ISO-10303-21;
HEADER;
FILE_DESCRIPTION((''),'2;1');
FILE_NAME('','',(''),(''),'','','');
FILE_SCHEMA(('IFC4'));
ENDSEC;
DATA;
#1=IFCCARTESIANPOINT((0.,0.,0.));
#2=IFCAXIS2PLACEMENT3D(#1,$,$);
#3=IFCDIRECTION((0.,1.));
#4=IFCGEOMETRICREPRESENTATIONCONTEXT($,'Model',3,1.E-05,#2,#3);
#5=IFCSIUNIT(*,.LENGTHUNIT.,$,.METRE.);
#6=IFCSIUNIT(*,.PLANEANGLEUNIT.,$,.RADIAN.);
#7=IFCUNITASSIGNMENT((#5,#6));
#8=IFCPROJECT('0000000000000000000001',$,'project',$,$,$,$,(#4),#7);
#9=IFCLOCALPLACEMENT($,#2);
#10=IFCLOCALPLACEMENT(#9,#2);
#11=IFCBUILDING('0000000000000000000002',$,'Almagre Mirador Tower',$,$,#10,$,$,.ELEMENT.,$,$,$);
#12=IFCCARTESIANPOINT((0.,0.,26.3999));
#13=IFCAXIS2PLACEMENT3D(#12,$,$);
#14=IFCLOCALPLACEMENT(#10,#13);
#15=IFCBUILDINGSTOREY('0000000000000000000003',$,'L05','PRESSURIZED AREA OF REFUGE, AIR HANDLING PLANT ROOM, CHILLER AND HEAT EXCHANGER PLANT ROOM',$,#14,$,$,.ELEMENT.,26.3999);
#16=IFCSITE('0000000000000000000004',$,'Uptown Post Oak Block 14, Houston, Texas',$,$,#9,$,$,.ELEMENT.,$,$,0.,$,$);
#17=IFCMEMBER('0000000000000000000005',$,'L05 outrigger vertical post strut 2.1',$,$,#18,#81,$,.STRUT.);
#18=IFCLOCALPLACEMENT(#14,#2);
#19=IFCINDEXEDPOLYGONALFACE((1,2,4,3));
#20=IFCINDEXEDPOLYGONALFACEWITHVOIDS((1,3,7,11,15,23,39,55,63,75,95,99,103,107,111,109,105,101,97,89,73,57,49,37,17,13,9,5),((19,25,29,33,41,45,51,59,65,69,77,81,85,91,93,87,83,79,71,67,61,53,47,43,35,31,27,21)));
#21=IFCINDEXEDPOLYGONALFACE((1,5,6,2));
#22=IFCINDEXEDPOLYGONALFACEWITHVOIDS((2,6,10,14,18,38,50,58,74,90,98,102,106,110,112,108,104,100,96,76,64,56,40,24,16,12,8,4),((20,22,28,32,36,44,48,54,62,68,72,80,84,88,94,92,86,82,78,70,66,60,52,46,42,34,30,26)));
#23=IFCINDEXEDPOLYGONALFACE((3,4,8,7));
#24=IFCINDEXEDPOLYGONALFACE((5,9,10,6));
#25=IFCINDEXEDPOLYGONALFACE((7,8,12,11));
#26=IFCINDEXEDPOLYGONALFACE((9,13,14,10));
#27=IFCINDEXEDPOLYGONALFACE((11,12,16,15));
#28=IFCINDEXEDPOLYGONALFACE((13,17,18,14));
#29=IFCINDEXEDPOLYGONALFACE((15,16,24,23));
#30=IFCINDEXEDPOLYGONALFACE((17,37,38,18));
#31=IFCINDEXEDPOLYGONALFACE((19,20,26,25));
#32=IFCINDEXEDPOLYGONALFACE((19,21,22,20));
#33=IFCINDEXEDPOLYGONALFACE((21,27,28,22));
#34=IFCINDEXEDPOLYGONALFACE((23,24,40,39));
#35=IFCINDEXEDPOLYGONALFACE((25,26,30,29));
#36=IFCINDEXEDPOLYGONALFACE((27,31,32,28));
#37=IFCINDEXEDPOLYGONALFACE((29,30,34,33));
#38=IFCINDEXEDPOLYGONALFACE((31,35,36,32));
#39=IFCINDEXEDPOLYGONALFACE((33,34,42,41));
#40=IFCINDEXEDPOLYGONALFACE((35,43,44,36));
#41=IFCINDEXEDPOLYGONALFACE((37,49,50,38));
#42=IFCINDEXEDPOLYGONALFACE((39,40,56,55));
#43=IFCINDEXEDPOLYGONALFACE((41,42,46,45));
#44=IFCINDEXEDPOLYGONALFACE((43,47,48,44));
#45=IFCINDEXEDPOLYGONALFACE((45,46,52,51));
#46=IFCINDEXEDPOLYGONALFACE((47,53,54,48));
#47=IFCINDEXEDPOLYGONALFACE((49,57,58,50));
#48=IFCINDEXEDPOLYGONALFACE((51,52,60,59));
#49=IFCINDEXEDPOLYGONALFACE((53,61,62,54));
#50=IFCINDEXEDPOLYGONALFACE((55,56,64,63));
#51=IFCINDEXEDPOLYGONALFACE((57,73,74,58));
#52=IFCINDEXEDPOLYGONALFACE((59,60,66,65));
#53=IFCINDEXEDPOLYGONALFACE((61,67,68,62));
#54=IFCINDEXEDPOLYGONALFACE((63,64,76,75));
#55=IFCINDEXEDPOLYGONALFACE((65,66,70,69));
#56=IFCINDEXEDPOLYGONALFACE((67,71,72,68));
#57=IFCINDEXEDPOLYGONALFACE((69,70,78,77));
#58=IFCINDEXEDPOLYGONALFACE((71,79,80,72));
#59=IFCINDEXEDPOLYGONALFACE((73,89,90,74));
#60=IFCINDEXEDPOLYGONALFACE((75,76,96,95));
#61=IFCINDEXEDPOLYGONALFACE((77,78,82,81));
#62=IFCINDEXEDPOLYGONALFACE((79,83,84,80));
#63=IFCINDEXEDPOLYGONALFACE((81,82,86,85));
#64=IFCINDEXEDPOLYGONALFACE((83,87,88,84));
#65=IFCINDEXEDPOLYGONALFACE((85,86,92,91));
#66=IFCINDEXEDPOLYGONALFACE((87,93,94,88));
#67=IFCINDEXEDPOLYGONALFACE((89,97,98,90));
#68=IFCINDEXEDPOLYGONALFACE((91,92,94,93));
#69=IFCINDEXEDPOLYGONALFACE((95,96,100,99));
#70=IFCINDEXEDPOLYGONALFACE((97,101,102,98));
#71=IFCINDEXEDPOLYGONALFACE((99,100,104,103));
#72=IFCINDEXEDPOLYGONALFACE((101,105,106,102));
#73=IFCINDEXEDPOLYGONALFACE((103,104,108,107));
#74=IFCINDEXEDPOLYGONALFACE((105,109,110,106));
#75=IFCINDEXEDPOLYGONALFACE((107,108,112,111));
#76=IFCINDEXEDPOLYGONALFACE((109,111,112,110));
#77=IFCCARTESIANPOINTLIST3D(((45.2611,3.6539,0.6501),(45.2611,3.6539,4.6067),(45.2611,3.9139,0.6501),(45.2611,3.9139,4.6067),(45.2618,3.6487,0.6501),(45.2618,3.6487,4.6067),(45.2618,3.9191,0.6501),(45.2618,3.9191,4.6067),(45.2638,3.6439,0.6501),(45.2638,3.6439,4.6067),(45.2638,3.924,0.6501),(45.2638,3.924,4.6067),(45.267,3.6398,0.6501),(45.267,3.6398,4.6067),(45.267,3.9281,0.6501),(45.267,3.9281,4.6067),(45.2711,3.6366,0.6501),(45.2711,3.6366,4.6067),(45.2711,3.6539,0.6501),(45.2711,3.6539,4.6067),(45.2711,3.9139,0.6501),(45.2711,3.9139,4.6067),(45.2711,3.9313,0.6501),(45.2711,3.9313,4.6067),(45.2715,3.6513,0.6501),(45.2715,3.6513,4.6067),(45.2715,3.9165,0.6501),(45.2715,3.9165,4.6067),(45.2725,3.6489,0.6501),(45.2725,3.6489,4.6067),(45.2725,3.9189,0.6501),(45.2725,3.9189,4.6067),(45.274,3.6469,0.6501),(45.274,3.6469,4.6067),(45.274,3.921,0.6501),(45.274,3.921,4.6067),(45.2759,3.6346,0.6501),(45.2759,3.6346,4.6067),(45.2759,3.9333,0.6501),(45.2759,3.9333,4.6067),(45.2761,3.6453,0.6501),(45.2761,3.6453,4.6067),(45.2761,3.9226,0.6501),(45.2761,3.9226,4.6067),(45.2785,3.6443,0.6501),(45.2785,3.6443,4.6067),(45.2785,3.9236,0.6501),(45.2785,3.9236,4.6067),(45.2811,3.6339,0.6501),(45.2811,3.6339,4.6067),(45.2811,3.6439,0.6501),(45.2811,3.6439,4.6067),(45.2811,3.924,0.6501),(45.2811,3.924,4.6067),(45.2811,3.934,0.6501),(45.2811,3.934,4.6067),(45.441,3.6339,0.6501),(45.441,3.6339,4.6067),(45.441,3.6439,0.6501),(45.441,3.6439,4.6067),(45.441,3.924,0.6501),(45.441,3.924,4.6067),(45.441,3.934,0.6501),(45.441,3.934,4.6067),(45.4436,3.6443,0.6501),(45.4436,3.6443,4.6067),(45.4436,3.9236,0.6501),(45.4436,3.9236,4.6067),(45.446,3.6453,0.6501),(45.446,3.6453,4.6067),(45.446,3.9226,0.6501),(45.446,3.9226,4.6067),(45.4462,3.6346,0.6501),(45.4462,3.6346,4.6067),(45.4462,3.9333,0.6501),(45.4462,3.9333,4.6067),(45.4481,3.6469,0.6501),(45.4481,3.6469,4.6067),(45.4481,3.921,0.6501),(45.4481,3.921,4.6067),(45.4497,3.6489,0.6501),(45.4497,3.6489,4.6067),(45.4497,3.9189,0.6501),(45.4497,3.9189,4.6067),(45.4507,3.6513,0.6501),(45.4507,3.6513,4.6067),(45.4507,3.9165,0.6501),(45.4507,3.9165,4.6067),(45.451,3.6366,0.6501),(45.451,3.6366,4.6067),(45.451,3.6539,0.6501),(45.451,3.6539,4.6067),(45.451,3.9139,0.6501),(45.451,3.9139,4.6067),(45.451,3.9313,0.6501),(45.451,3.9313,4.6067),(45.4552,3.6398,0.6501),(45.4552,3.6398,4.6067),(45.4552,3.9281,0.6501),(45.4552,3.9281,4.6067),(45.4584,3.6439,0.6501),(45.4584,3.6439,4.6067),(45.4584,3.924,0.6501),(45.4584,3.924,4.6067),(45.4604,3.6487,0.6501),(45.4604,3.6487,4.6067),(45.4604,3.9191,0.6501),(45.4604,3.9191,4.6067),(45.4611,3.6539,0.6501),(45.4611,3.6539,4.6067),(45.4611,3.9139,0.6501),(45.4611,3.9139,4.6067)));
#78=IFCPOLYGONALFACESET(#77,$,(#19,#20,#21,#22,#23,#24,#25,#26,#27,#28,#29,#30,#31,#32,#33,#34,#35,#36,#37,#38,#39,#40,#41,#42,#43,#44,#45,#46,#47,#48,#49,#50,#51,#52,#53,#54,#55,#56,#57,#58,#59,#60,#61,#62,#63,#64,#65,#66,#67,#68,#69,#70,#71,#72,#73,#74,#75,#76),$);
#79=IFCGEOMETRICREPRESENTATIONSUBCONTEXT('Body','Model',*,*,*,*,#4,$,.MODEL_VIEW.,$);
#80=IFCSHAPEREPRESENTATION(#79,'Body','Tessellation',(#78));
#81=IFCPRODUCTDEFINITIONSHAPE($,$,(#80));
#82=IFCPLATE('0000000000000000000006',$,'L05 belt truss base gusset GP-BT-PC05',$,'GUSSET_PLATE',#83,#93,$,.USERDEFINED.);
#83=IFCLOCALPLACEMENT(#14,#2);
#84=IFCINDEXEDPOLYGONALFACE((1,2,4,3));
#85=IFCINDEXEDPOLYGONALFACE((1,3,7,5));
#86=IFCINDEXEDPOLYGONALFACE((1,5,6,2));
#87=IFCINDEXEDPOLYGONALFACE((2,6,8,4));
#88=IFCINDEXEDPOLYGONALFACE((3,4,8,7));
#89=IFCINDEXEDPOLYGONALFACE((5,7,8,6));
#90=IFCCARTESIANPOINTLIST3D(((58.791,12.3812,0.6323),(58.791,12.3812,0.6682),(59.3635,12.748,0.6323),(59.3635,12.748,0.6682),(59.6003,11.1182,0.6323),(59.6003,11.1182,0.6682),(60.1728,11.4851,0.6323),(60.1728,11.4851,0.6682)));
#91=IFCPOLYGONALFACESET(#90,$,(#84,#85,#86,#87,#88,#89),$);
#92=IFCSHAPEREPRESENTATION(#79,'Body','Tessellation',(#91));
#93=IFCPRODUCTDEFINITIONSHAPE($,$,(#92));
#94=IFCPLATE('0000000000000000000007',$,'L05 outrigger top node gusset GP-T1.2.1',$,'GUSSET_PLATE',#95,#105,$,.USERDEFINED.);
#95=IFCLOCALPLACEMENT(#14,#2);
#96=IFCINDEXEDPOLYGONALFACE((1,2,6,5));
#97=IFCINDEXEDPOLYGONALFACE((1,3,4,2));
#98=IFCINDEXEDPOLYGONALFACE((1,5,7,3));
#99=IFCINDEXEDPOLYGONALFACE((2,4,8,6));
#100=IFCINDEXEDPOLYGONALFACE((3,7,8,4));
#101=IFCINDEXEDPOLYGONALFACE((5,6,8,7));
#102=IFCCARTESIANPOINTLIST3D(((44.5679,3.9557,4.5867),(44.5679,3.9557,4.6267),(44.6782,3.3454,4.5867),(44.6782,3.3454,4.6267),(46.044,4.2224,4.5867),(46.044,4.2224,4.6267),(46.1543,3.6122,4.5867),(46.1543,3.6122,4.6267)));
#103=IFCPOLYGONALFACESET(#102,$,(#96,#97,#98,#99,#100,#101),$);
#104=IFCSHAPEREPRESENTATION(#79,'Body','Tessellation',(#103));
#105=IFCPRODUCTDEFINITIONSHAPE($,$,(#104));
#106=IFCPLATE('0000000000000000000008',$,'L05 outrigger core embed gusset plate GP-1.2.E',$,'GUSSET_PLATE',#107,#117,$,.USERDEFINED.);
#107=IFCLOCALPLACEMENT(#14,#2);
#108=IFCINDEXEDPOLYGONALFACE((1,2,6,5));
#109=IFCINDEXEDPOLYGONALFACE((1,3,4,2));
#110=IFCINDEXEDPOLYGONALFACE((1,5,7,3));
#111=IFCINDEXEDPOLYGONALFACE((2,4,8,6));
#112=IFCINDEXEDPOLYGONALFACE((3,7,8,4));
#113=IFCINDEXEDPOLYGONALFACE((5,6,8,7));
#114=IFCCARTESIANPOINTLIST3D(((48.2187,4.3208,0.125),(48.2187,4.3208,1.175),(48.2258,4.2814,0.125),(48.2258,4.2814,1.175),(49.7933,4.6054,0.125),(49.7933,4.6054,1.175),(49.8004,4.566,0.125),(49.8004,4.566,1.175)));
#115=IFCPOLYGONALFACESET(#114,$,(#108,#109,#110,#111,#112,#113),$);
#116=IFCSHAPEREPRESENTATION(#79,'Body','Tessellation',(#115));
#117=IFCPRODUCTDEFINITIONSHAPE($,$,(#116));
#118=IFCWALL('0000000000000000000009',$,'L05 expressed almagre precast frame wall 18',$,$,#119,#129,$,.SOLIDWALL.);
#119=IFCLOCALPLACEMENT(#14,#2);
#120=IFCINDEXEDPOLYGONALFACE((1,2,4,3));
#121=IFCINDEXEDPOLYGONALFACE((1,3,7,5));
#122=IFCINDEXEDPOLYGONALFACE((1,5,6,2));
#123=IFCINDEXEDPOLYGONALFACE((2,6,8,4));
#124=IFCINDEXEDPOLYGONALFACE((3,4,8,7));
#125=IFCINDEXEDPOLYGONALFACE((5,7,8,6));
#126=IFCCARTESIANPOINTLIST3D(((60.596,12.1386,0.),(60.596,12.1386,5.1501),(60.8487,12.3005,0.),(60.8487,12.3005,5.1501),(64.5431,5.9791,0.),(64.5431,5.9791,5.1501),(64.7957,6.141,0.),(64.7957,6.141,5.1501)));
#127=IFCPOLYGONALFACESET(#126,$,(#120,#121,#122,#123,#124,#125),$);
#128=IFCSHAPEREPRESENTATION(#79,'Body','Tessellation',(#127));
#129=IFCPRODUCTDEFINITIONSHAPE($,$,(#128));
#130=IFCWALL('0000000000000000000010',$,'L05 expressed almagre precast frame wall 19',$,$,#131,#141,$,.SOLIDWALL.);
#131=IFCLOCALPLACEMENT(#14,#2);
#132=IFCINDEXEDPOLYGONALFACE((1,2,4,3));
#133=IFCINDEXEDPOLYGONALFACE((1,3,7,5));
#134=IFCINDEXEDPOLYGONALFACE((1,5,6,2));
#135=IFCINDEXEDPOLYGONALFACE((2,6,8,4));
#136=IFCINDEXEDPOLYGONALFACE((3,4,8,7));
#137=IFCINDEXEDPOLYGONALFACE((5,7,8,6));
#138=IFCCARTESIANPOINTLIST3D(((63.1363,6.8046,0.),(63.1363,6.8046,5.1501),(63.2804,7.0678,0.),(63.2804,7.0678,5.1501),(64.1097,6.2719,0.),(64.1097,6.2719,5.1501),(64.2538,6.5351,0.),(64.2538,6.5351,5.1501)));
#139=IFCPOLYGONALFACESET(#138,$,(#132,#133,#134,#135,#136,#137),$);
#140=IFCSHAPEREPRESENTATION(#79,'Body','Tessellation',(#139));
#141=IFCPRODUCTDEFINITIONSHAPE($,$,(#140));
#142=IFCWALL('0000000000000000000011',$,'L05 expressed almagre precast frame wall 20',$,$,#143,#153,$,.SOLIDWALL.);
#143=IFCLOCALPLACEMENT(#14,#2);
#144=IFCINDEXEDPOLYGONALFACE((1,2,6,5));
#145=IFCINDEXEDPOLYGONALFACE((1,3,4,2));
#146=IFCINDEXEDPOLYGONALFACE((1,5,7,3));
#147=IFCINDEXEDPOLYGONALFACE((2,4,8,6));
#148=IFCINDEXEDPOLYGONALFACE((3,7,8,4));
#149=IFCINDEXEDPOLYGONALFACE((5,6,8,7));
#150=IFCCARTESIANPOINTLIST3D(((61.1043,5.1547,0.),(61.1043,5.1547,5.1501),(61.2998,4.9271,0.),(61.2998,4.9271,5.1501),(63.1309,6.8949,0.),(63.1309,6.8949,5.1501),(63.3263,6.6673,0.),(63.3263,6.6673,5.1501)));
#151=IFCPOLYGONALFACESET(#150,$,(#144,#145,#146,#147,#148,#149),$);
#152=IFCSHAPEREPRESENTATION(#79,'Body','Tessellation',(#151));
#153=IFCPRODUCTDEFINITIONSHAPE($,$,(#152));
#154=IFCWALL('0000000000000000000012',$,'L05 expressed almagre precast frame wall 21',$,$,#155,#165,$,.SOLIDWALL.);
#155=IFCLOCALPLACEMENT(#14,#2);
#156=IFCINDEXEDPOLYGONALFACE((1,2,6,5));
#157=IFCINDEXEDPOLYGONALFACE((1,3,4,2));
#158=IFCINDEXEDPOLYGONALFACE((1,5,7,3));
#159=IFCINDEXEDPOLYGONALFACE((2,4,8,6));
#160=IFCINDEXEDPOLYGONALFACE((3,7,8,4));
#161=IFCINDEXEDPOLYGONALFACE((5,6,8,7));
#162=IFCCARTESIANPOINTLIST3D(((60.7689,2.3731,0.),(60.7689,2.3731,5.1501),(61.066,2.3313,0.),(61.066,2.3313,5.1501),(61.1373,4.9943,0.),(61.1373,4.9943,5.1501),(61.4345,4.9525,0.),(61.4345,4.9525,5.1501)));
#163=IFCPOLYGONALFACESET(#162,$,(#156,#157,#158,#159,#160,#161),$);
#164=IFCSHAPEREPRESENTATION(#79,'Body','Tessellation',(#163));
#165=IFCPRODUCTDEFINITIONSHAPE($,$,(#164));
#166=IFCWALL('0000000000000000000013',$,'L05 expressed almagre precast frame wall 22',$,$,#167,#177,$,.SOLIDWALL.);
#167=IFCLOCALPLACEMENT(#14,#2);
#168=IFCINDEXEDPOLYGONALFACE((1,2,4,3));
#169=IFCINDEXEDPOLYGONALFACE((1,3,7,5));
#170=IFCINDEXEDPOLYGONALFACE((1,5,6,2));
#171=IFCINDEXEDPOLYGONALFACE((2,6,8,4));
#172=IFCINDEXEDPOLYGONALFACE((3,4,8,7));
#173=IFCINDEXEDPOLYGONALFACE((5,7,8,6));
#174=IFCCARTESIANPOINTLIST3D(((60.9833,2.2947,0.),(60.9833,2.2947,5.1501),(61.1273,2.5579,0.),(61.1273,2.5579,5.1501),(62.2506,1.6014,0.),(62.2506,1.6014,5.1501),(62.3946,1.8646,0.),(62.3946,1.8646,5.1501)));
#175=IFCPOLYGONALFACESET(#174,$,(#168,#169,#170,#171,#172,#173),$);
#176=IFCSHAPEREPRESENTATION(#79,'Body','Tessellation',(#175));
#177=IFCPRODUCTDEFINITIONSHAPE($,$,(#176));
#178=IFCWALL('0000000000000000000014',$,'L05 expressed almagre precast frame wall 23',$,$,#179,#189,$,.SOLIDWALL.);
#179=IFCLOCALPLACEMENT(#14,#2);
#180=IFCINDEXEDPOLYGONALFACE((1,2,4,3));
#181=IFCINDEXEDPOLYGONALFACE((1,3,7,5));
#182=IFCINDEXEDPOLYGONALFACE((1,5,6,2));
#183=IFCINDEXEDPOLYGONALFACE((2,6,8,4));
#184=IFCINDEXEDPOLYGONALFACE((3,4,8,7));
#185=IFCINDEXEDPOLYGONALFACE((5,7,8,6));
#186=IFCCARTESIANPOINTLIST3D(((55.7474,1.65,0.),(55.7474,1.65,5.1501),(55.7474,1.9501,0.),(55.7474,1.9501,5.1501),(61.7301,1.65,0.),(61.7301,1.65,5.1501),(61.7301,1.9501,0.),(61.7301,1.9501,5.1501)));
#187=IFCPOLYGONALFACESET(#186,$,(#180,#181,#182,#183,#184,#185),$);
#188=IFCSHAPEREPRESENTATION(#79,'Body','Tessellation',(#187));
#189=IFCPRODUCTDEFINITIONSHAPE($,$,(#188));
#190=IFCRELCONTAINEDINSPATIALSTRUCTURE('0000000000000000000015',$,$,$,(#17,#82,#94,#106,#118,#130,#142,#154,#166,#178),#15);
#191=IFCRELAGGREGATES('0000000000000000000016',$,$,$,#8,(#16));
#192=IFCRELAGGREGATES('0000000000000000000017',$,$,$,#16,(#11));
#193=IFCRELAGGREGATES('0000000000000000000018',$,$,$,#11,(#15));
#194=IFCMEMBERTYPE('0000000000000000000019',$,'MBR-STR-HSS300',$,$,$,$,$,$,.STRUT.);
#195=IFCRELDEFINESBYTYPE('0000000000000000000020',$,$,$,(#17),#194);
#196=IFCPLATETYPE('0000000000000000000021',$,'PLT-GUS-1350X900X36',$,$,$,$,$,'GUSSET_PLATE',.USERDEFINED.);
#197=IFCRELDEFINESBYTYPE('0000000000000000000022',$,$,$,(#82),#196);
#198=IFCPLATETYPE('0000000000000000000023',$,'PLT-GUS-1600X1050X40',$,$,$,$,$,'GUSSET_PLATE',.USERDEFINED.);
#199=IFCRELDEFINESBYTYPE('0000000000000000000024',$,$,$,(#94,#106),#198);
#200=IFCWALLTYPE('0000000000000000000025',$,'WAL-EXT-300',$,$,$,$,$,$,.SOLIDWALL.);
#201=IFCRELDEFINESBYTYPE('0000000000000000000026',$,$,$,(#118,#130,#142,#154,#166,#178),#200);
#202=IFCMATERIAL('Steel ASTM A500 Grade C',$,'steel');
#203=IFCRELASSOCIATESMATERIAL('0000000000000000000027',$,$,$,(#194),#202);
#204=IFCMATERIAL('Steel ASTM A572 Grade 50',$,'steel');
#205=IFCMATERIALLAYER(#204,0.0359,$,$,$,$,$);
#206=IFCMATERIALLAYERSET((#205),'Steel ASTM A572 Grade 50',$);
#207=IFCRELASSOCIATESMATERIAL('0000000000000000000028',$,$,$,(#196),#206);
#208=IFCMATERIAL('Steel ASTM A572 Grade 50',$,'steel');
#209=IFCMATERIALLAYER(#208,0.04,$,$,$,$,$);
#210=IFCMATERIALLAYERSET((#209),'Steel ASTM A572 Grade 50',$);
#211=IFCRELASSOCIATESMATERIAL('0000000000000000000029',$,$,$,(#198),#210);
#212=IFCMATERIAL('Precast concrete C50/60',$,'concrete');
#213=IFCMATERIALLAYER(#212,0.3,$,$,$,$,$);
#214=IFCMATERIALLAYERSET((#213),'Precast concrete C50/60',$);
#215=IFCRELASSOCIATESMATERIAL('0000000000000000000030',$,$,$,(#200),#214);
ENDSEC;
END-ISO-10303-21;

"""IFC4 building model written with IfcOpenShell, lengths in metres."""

from ifc_helpers import new_model, si_unit, direction, frame, frame_2d, origin, origin_2d, place, context, subcontext, project, spatial, rectangle, hollow_rectangle, extrude, material, layer, layer_set, material_profile, profile_set, type_object, element, save


model = new_model("IFC4")

# Units and contexts
model_context = context("Model", 3, precision=1e-05, world=origin(), true_north=direction((0.0, 1.0)))
body_context = subcontext(model_context, "Body", "Model", "MODEL_VIEW")
ifc_project = project(units=[si_unit("LENGTHUNIT", "METRE"), si_unit("PLANEANGLEUNIT", "RADIAN")], contexts=[model_context])

# Site, building, storey
site_placement = place(None, origin())
site = spatial("IfcSite", under=ifc_project, at=site_placement, Name="Uptown Post Oak Block 14, Houston, Texas", CompositionType="ELEMENT", RefElevation=0.0)
building_placement = place(site_placement, origin())
building = spatial("IfcBuilding", under=site, at=building_placement, Name="Almagre Mirador Tower", CompositionType="ELEMENT")
storey_placement = place(building_placement, frame((0.0, 0.0, 26.3999)))
storey = spatial("IfcBuildingStorey", under=building, at=storey_placement, Name="L05", Description="PRESSURIZED AREA OF REFUGE, AIR HANDLING PLANT ROOM, CHILLER AND HEAT EXCHANGER PLANT ROOM", CompositionType="ELEMENT", Elevation=26.3999)

# Member
ifc_material_1 = material(Name="Steel ASTM A500 Grade C", Category="steel")
ifc_material_profile_1 = material_profile(ifc_material_1, hollow_rectangle(XDim=0.2, YDim=0.3, WallThickness=0.01, InnerFilletRadius=0.01, OuterFilletRadius=0.02, at=origin_2d()), Name="HSS300X200X10")
ifc_profile_set_1 = profile_set([ifc_material_profile_1], Name="Steel ASTM A500 Grade C")
member_type_1 = type_object("IfcMemberType", Name="MBR-STR-HSS300", PredefinedType="STRUT", material=ifc_profile_set_1)
member_1_placement = place(storey_placement, frame((45.3611, 3.7839, 0.6501), z_axis=(0.0, 0.0, 1.0), x_axis=(1.0, 0.0, 0.0)))
element("IfcMember", 1, at=member_1_placement, inside=storey, type_object=member_type_1, Name="L05 outrigger vertical post strut 2.1", PredefinedType="STRUT", context=body_context, shape_type="SweptSolid", body=[
    extrude(hollow_rectangle(XDim=0.2, YDim=0.3, WallThickness=0.01, InnerFilletRadius=0.01, OuterFilletRadius=0.02, at=origin_2d()), origin(), (0.0, 0.0, 1.0), 3.9565),
])

# Plates
ifc_material_2 = material(Name="Steel ASTM A572 Grade 50", Category="steel")
ifc_layer_1 = layer(ifc_material_2, 0.0359)
ifc_layer_set_1 = layer_set([ifc_layer_1], Name="Steel ASTM A572 Grade 50")
plate_type_1 = type_object("IfcPlateType", Name="PLT-GUS-1350X900X36", ElementType="GUSSET_PLATE", PredefinedType="USERDEFINED", material=ifc_layer_set_1)
plate_1_placement = place(storey_placement, frame((59.4819, 11.9331, 0.6323), z_axis=(0.0, 0.0, 1.0), x_axis=(-0.539535, 0.841963, 0.0)))
element("IfcPlate", 2, at=plate_1_placement, inside=storey, type_object=plate_type_1, Name="L05 belt truss base gusset GP-BT-PC05", ObjectType="GUSSET_PLATE", PredefinedType="USERDEFINED", context=body_context, shape_type="SweptSolid", body=[
    extrude(rectangle(XDim=1.5, YDim=0.6799, at=origin_2d()), origin(), (0.0, 0.0, 1.0), 0.0359),
])
ifc_material_3 = material(Name="Steel ASTM A572 Grade 50", Category="steel")
ifc_layer_2 = layer(ifc_material_3, 0.04)
ifc_layer_set_2 = layer_set([ifc_layer_2], Name="Steel ASTM A572 Grade 50")
plate_type_2 = type_object("IfcPlateType", Name="PLT-GUS-1600X1050X40", ElementType="GUSSET_PLATE", PredefinedType="USERDEFINED", material=ifc_layer_set_2)
plate_2_placement = place(storey_placement, frame((45.3611, 3.7839, 4.5867), z_axis=(0.0, 0.0, 1.0), x_axis=(0.984056, 0.177858, 0.0)))
element("IfcPlate", 3, at=plate_2_placement, inside=storey, type_object=plate_type_2, Name="L05 outrigger top node gusset GP-T1.2.1", ObjectType="GUSSET_PLATE", PredefinedType="USERDEFINED", context=body_context, shape_type="SweptSolid", body=[
    extrude(rectangle(XDim=1.5, YDim=0.6201, at=origin_2d()), origin(), (0.0, 0.0, 1.0), 0.04),
])
plate_3_placement = place(storey_placement, frame((49.0095, 4.4434, 0.125), z_axis=(0.0, 0.0, 1.0), x_axis=(0.984056, 0.177858, 0.0)))
element("IfcPlate", 4, at=plate_3_placement, inside=storey, type_object=plate_type_2, Name="L05 outrigger core embed gusset plate GP-1.2.E", ObjectType="GUSSET_PLATE", PredefinedType="USERDEFINED", context=body_context, shape_type="SweptSolid", body=[
    extrude(rectangle(XDim=1.6001, YDim=0.04, at=origin_2d()), origin(), (0.0, 0.0, 1.0), 1.05),
])

# Walls
ifc_material_4 = material(Name="Precast concrete C50/60", Category="concrete")
ifc_layer_3 = layer(ifc_material_4, 0.3)
ifc_layer_set_3 = layer_set([ifc_layer_3], Name="Precast concrete C50/60")
wall_type_1 = type_object("IfcWallType", Name="WAL-EXT-300", PredefinedType="SOLIDWALL", material=ifc_layer_set_3)
wall_1_placement = place(storey_placement, frame((60.7224, 12.2195, 0.0), z_axis=(0.0, 0.0, 1.0), x_axis=(0.539538, -0.841962, 0.0)))
element("IfcWall", 5, at=wall_1_placement, inside=storey, type_object=wall_type_1, Name="L05 expressed almagre precast frame wall 18", PredefinedType="SOLIDWALL", context=body_context, shape_type="SweptSolid", body=[
    extrude(rectangle(XDim=7.3157, YDim=0.3, at=frame_2d((3.6577, 0.0))), origin(), (0.0, 0.0, 1.0), 5.1501),
])
wall_2_placement = place(storey_placement, frame((64.1816, 6.4036, 0.0), z_axis=(0.0, 0.0, 1.0), x_axis=(-0.877222, 0.480085, 0.0)))
element("IfcWall", 6, at=wall_2_placement, inside=storey, type_object=wall_type_1, Name="L05 expressed almagre precast frame wall 19", PredefinedType="SOLIDWALL", context=body_context, shape_type="SweptSolid", body=[
    extrude(rectangle(XDim=1.1096, YDim=0.3, at=frame_2d((0.5547, 0.0))), origin(), (0.0, 0.0, 1.0), 5.1501),
])
wall_3_placement = place(storey_placement, frame((63.2285, 6.781, 0.0), z_axis=(0.0, 0.0, 1.0), x_axis=(-0.758676, -0.651469, 0.0)))
element("IfcWall", 7, at=wall_3_placement, inside=storey, type_object=wall_type_1, Name="L05 expressed almagre precast frame wall 20", PredefinedType="SOLIDWALL", context=body_context, shape_type="SweptSolid", body=[
    extrude(rectangle(XDim=2.6711, YDim=0.3, at=frame_2d((1.3354, 0.0))), origin(), (0.0, 0.0, 1.0), 5.1501),
])
wall_4_placement = place(storey_placement, frame((61.2859, 4.9734, 0.0), z_axis=(0.0, 0.0, 1.0), x_axis=(-0.139187, -0.990266, 0.0)))
element("IfcWall", 8, at=wall_4_placement, inside=storey, type_object=wall_type_1, Name="L05 expressed almagre precast frame wall 21", PredefinedType="SOLIDWALL", context=body_context, shape_type="SweptSolid", body=[
    extrude(rectangle(XDim=2.647, YDim=0.3, at=frame_2d((1.3235, 0.0))), origin(), (0.0, 0.0, 1.0), 5.1501),
])
wall_5_placement = place(storey_placement, frame((61.0554, 2.4263, 0.0), z_axis=(0.0, 0.0, 1.0), x_axis=(0.877288, -0.479965, 0.0)))
element("IfcWall", 9, at=wall_5_placement, inside=storey, type_object=wall_type_1, Name="L05 expressed almagre precast frame wall 22", PredefinedType="SOLIDWALL", context=body_context, shape_type="SweptSolid", body=[
    extrude(rectangle(XDim=1.4446, YDim=0.3, at=frame_2d((0.7222, 0.0))), origin(), (0.0, 0.0, 1.0), 5.1501),
])
wall_6_placement = place(storey_placement, frame((61.73, 1.8, 0.0), z_axis=(0.0, 0.0, 1.0), x_axis=(-1.0, 0.0, 0.0)))
element("IfcWall", 10, at=wall_6_placement, inside=storey, type_object=wall_type_1, Name="L05 expressed almagre precast frame wall 23", PredefinedType="SOLIDWALL", context=body_context, shape_type="SweptSolid", body=[
    extrude(rectangle(XDim=5.9827, YDim=0.3, at=frame_2d((2.9912, 0.0))), origin(), (0.0, 0.0, 1.0), 5.1501),
])

save(model, "model.ifc")
